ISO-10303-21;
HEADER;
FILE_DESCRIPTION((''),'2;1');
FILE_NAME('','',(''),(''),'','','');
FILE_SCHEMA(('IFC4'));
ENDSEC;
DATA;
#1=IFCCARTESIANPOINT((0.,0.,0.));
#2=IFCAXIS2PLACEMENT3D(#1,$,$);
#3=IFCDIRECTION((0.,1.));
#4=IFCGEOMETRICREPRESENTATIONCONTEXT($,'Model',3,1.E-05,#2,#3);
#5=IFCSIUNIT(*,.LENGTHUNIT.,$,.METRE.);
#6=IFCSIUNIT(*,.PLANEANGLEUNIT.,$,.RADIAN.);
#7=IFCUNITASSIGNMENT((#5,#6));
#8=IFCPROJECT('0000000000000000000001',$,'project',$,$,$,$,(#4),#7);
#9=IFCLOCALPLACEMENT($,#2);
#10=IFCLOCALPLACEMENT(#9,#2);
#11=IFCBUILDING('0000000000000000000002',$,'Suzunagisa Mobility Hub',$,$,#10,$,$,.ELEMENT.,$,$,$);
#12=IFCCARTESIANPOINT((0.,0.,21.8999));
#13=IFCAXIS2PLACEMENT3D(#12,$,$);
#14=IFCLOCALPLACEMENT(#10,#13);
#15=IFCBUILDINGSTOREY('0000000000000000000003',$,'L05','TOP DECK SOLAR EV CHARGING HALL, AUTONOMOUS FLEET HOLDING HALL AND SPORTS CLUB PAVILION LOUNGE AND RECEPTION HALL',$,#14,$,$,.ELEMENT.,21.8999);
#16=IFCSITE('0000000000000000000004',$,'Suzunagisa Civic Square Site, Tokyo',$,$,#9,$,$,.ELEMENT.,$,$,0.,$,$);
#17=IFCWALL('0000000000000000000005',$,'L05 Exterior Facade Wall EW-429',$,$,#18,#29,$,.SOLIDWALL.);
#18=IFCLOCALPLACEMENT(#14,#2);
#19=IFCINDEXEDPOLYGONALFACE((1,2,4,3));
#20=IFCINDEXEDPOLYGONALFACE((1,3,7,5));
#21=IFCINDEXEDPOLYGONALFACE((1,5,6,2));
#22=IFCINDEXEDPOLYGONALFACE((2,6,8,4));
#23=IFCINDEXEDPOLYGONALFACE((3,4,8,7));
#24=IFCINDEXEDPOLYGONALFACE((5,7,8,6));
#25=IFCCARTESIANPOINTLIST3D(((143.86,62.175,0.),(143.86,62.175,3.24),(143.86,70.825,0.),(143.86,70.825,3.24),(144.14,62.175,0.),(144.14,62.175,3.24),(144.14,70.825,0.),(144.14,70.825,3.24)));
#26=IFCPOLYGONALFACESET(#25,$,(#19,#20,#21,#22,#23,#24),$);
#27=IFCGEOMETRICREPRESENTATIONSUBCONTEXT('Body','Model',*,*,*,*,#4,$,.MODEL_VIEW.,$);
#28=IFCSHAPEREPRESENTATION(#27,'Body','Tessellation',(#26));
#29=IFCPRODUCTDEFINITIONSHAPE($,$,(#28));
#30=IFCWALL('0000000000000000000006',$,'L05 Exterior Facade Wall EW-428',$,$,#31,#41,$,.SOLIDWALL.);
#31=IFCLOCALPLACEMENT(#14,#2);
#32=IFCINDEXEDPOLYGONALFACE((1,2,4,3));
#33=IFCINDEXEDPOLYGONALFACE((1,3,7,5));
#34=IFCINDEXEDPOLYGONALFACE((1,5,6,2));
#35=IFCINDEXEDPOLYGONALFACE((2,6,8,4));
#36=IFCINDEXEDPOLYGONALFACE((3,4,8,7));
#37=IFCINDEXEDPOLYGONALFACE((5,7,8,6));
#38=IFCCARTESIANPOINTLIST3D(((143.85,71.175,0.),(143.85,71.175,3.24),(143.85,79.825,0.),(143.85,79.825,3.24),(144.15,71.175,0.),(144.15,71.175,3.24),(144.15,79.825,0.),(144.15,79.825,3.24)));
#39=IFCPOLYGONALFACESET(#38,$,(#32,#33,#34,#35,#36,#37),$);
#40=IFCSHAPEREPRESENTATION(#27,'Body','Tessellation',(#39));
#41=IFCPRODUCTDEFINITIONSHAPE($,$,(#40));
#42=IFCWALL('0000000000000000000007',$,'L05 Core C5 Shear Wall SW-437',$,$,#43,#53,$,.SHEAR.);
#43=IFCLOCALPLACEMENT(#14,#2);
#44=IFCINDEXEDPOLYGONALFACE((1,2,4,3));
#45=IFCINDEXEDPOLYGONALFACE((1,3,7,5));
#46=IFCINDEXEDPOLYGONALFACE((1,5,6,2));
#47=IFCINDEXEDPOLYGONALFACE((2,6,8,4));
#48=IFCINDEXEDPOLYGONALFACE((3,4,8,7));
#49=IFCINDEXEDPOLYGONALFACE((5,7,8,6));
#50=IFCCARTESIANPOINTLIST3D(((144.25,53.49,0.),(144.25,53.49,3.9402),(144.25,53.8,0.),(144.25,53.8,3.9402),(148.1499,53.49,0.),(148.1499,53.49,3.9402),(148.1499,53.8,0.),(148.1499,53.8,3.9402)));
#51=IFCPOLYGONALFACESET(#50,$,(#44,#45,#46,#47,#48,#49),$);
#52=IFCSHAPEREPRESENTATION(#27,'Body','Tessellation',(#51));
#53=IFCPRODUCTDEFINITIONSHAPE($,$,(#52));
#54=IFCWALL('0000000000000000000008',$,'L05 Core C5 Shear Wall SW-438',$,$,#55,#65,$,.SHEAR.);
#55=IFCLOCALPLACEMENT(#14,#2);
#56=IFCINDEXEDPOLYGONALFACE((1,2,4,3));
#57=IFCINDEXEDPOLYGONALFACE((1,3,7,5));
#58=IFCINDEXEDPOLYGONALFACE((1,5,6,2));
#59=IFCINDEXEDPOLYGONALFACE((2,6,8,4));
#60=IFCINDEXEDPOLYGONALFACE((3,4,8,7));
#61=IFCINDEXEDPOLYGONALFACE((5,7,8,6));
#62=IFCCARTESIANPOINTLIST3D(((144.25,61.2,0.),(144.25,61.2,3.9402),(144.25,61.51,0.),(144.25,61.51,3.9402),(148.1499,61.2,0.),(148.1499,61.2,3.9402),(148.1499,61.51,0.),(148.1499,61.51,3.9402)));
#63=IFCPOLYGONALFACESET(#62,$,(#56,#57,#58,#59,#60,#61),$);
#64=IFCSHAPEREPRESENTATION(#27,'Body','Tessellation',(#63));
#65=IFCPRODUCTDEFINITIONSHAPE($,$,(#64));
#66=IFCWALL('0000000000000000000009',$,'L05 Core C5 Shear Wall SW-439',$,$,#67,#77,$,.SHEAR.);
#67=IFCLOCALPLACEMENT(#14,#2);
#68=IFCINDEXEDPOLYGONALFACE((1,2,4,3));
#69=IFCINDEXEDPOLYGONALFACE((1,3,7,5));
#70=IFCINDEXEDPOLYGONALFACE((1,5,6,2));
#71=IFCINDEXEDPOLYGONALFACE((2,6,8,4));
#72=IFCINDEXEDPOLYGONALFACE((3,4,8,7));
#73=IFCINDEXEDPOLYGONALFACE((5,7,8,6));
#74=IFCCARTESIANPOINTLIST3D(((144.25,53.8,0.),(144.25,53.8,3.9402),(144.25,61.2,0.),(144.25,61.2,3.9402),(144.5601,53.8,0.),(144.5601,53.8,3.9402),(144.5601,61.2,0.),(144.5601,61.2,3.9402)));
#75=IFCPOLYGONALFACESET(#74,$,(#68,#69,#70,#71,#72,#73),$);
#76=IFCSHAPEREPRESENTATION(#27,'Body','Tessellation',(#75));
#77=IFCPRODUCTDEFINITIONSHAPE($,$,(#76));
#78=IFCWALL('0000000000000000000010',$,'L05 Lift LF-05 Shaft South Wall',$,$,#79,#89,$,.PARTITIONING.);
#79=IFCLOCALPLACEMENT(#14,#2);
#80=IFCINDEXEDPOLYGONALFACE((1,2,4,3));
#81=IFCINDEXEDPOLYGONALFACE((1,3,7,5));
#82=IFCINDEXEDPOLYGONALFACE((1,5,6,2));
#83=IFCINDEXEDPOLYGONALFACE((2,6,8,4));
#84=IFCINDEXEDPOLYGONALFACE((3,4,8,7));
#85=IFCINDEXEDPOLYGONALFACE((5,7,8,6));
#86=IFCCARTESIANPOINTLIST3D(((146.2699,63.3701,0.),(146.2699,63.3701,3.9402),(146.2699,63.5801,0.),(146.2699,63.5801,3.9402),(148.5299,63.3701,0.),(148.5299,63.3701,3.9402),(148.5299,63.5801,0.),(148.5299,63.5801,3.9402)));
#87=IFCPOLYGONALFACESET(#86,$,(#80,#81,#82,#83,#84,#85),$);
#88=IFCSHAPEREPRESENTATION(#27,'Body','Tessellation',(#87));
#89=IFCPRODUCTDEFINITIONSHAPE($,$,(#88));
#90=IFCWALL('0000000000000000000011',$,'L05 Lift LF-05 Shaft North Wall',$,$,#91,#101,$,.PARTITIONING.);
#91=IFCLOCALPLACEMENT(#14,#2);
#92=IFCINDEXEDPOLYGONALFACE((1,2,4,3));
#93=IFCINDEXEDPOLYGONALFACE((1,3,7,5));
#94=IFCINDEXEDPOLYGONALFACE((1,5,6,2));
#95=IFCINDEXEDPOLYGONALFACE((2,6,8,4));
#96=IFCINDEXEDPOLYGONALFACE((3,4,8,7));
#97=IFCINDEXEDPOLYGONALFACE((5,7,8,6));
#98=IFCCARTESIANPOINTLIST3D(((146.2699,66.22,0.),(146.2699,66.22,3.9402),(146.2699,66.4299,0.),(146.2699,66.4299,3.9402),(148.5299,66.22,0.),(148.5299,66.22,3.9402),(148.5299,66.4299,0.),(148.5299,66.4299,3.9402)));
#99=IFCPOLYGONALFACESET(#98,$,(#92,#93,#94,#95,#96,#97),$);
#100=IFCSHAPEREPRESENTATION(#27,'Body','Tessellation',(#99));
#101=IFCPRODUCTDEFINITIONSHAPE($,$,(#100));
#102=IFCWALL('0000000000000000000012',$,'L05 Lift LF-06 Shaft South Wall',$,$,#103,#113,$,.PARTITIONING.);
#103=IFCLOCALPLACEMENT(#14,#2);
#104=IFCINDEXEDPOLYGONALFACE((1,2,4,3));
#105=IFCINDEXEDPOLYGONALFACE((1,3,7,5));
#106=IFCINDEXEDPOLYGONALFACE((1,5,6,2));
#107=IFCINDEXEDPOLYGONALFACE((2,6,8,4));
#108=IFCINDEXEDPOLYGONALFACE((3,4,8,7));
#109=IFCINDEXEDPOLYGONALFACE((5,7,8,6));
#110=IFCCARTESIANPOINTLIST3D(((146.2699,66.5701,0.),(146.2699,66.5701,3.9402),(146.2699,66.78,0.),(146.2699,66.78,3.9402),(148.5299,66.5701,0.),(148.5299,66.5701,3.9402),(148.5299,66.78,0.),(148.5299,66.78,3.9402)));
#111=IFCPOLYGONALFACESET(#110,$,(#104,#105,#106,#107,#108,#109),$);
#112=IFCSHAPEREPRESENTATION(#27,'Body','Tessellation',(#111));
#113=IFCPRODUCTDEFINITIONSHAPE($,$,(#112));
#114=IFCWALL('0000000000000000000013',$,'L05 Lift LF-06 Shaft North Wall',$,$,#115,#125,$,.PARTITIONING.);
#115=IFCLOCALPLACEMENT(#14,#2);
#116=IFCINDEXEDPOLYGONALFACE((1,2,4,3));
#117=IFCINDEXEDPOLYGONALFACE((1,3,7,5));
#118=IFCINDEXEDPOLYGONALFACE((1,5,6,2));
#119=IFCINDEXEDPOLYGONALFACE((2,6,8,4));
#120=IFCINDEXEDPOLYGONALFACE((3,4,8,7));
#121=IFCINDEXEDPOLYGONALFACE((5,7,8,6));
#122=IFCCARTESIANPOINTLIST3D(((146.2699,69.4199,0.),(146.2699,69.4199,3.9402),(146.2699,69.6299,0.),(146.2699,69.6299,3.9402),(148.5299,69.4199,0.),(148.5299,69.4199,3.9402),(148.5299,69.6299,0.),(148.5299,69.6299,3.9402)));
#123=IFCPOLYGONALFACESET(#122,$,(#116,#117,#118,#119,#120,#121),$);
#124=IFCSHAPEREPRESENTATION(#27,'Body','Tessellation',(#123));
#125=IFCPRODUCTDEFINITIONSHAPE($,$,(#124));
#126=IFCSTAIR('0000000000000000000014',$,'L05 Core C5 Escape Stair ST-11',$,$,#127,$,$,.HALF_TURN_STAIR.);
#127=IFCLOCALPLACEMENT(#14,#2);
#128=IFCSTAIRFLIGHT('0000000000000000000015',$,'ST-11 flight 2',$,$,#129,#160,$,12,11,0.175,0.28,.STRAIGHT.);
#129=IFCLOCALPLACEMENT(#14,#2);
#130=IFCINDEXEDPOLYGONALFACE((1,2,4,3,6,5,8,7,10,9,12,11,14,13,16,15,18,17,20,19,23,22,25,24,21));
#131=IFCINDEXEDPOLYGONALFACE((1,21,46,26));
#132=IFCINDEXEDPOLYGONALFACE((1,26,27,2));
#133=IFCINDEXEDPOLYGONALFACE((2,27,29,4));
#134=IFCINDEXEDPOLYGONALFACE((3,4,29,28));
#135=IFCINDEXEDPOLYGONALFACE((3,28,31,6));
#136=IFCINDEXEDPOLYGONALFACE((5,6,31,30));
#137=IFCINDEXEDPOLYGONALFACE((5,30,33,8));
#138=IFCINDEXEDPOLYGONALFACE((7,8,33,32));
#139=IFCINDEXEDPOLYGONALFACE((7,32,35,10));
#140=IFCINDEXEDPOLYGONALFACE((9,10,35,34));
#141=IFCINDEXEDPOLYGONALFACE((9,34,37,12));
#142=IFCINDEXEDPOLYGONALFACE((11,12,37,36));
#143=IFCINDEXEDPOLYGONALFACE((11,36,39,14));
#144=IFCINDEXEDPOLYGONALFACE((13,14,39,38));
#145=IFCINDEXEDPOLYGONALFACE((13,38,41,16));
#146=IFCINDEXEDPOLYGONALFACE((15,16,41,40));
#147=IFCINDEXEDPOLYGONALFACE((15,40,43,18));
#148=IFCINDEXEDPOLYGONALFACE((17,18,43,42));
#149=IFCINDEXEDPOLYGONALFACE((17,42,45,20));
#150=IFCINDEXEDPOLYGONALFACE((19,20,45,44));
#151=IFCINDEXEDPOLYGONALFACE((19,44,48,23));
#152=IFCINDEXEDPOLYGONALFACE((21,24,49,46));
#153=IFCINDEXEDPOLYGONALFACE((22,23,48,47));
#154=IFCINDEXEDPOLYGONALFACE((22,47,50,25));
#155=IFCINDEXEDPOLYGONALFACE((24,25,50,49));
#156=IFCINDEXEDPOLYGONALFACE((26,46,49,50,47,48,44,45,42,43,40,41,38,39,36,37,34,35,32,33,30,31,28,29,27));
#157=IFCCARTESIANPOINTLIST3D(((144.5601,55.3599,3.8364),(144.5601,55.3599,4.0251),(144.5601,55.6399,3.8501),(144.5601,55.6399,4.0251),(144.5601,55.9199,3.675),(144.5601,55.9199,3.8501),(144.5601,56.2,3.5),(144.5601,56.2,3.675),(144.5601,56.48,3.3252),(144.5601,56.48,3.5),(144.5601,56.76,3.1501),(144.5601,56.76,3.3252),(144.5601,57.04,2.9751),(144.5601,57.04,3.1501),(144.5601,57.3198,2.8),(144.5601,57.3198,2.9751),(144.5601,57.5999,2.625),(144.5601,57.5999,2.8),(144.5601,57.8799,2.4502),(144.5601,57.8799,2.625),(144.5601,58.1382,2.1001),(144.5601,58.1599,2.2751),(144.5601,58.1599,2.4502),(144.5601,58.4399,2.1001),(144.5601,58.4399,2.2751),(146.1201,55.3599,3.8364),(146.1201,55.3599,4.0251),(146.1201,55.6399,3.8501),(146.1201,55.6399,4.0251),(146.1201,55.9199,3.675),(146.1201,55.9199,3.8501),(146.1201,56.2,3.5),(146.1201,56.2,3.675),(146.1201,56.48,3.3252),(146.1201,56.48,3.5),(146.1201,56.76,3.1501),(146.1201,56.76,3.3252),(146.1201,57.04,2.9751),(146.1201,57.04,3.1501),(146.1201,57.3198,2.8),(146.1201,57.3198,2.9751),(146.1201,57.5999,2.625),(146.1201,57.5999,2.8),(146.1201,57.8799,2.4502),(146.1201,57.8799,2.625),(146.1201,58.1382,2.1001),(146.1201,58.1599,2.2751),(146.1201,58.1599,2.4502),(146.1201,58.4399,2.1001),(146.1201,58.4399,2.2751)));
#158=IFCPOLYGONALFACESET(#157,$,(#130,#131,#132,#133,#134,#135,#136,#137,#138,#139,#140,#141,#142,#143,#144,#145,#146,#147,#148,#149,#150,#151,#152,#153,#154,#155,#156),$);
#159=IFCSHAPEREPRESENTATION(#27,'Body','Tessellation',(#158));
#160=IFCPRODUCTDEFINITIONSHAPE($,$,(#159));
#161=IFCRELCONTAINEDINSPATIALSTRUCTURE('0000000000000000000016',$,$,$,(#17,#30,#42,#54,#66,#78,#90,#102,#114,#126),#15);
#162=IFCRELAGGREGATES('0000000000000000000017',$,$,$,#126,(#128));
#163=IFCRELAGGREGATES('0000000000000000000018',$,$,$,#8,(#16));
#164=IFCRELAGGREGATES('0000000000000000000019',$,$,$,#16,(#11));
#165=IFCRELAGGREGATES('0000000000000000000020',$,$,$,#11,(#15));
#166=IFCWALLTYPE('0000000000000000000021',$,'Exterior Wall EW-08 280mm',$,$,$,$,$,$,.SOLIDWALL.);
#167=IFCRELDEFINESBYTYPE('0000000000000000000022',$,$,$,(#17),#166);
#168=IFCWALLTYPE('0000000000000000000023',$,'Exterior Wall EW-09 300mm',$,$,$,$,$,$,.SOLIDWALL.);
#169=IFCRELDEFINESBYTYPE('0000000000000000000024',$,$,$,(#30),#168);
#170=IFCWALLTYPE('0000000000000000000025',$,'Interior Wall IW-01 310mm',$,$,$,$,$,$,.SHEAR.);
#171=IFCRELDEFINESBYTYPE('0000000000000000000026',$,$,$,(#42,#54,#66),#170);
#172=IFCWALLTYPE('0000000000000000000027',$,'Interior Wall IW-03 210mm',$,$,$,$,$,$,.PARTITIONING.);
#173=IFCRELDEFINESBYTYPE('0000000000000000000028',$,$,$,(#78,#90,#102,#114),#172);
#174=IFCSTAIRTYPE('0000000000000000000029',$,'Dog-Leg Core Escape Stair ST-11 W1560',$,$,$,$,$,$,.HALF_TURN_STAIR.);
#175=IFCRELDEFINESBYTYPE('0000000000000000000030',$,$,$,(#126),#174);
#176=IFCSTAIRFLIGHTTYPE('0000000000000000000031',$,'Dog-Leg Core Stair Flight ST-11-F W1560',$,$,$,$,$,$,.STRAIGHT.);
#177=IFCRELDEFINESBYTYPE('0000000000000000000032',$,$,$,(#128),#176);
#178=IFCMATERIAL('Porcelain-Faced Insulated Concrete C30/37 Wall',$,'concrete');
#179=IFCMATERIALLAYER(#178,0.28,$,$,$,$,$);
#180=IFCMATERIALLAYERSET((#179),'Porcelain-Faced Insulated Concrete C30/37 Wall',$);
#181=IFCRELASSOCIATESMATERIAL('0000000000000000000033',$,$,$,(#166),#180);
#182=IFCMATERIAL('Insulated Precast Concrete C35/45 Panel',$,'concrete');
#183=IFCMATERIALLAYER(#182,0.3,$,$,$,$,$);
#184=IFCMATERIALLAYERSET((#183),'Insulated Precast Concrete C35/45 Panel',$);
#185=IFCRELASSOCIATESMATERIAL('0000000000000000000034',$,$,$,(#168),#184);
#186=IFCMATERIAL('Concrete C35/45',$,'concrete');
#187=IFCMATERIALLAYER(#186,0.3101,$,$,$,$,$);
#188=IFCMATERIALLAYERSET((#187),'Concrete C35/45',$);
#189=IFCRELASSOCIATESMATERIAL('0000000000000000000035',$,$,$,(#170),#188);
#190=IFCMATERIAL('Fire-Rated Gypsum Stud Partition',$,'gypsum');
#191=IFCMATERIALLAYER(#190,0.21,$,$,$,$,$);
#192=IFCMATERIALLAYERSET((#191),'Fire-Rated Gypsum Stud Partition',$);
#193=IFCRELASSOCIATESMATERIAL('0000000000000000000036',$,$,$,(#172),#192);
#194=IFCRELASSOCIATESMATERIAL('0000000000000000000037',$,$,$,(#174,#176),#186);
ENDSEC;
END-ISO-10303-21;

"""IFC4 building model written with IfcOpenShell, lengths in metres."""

from ifc_helpers import new_model, si_unit, direction, frame, frame_2d, origin, place, context, subcontext, project, spatial, polyline, rectangle, outline, extrude, material, layer, layer_set, type_object, element, aggregate, save


model = new_model("IFC4")

# Units and contexts
model_context = context("Model", 3, precision=1e-05, world=origin(), true_north=direction((0.0, 1.0)))
body_context = subcontext(model_context, "Body", "Model", "MODEL_VIEW")
ifc_project = project(units=[si_unit("LENGTHUNIT", "METRE"), si_unit("PLANEANGLEUNIT", "RADIAN")], contexts=[model_context])

# Site, building, storey
site_placement = place(None, origin())
site = spatial("IfcSite", under=ifc_project, at=site_placement, Name="Suzunagisa Civic Square Site, Tokyo", CompositionType="ELEMENT", RefElevation=0.0)
building_placement = place(site_placement, origin())
building = spatial("IfcBuilding", under=site, at=building_placement, Name="Suzunagisa Mobility Hub", CompositionType="ELEMENT")
storey_placement = place(building_placement, frame((0.0, 0.0, 21.8999)))
storey = spatial("IfcBuildingStorey", under=building, at=storey_placement, Name="L05", Description="TOP DECK SOLAR EV CHARGING HALL, AUTONOMOUS FLEET HOLDING HALL AND SPORTS CLUB PAVILION LOUNGE AND RECEPTION HALL", CompositionType="ELEMENT", Elevation=21.8999)

# Walls
ifc_material_1 = material(Name="Porcelain-Faced Insulated Concrete C30/37 Wall", Category="concrete")
ifc_layer_1 = layer(ifc_material_1, 0.28)
ifc_layer_set_1 = layer_set([ifc_layer_1], Name="Porcelain-Faced Insulated Concrete C30/37 Wall")
wall_type_1 = type_object("IfcWallType", Name="Exterior Wall EW-08 280mm", PredefinedType="SOLIDWALL", material=ifc_layer_set_1)
wall_1_placement = place(storey_placement, frame((144.0, 70.825, 0.0), z_axis=(0.0, 0.0, 1.0), x_axis=(0.0, -1.0, 0.0)))
element("IfcWall", 1, at=wall_1_placement, inside=storey, type_object=wall_type_1, Name="L05 Exterior Facade Wall EW-429", PredefinedType="SOLIDWALL", context=body_context, shape_type="SweptSolid", body=[
    extrude(rectangle(XDim=8.6499, YDim=0.28, at=frame_2d((4.325, 0.0))), origin(), (0.0, 0.0, 1.0), 3.24),
])
ifc_material_2 = material(Name="Insulated Precast Concrete C35/45 Panel", Category="concrete")
ifc_layer_2 = layer(ifc_material_2, 0.3)
ifc_layer_set_2 = layer_set([ifc_layer_2], Name="Insulated Precast Concrete C35/45 Panel")
wall_type_2 = type_object("IfcWallType", Name="Exterior Wall EW-09 300mm", PredefinedType="SOLIDWALL", material=ifc_layer_set_2)
wall_2_placement = place(storey_placement, frame((144.0, 79.825, 0.0), z_axis=(0.0, 0.0, 1.0), x_axis=(0.0, -1.0, 0.0)))
element("IfcWall", 2, at=wall_2_placement, inside=storey, type_object=wall_type_2, Name="L05 Exterior Facade Wall EW-428", PredefinedType="SOLIDWALL", context=body_context, shape_type="SweptSolid", body=[
    extrude(rectangle(XDim=8.6499, YDim=0.3, at=frame_2d((4.325, 0.0))), origin(), (0.0, 0.0, 1.0), 3.24),
])
ifc_material_3 = material(Name="Concrete C35/45", Category="concrete")
ifc_layer_3 = layer(ifc_material_3, 0.3101)
ifc_layer_set_3 = layer_set([ifc_layer_3], Name="Concrete C35/45")
wall_type_3 = type_object("IfcWallType", Name="Interior Wall IW-01 310mm", PredefinedType="SHEAR", material=ifc_layer_set_3)
for number, where, z_axis, x_axis, name in (
    (3, (144.25, 53.645, 0.0), (0.0, 0.0, 1.0), (1.0, 0.0, 0.0), "L05 Core C5 Shear Wall SW-437"),
    (4, (144.25, 61.355, 0.0), (0.0, 0.0, 1.0), (1.0, 0.0, 0.0), "L05 Core C5 Shear Wall SW-438"),
):
    element("IfcWall", number, at=place(storey_placement, frame(where, z_axis=z_axis, x_axis=x_axis)), inside=storey, type_object=wall_type_3, Name=name, PredefinedType="SHEAR", context=body_context, shape_type="SweptSolid", body=[
        extrude(rectangle(XDim=3.8999, YDim=0.3101, at=frame_2d((1.95, 0.0))), origin(), (0.0, 0.0, 1.0), 3.9402),
    ])
wall_3_placement = place(storey_placement, frame((144.405, 53.8, 0.0), z_axis=(0.0, 0.0, 1.0), x_axis=(0.0, 1.0, 0.0)))
element("IfcWall", 5, at=wall_3_placement, inside=storey, type_object=wall_type_3, Name="L05 Core C5 Shear Wall SW-439", PredefinedType="SHEAR", context=body_context, shape_type="SweptSolid", body=[
    extrude(rectangle(XDim=7.3999, YDim=0.3101, at=frame_2d((3.7, 0.0))), origin(), (0.0, 0.0, 1.0), 3.9402),
])
ifc_material_4 = material(Name="Fire-Rated Gypsum Stud Partition", Category="gypsum")
ifc_layer_4 = layer(ifc_material_4, 0.21)
ifc_layer_set_4 = layer_set([ifc_layer_4], Name="Fire-Rated Gypsum Stud Partition")
wall_type_4 = type_object("IfcWallType", Name="Interior Wall IW-03 210mm", PredefinedType="PARTITIONING", material=ifc_layer_set_4)
for number, where, z_axis, x_axis, name in (
    (6, (146.27, 63.4751, 0.0), (0.0, 0.0, 1.0), (1.0, 0.0, 0.0), "L05 Lift LF-05 Shaft South Wall"),
    (7, (146.27, 66.325, 0.0), (0.0, 0.0, 1.0), (1.0, 0.0, 0.0), "L05 Lift LF-05 Shaft North Wall"),
    (8, (146.27, 66.675, 0.0), (0.0, 0.0, 1.0), (1.0, 0.0, 0.0), "L05 Lift LF-06 Shaft South Wall"),
    (9, (146.27, 69.5249, 0.0), (0.0, 0.0, 1.0), (1.0, 0.0, 0.0), "L05 Lift LF-06 Shaft North Wall"),
):
    element("IfcWall", number, at=place(storey_placement, frame(where, z_axis=z_axis, x_axis=x_axis)), inside=storey, type_object=wall_type_4, Name=name, PredefinedType="PARTITIONING", context=body_context, shape_type="SweptSolid", body=[
        extrude(rectangle(XDim=2.26, YDim=0.21, at=frame_2d((1.1299, 0.0))), origin(), (0.0, 0.0, 1.0), 3.9402),
    ])

# Stair, stair flight
stair_type = type_object("IfcStairType", Name="Dog-Leg Core Escape Stair ST-11 W1560", PredefinedType="HALF_TURN_STAIR", material=ifc_material_3)
stair_placement = place(storey_placement, origin())
stair = element("IfcStair", 10, at=stair_placement, inside=storey, type_object=stair_type, Name="L05 Core C5 Escape Stair ST-11", PredefinedType="HALF_TURN_STAIR")
stair_flight_type = type_object("IfcStairFlightType", Name="Dog-Leg Core Stair Flight ST-11-F W1560", PredefinedType="STRAIGHT", material=ifc_material_3)
stair_flight_placement = place(storey_placement, frame((145.3401, 58.4399, 2.1001), z_axis=(0.0, 0.0, 1.0), x_axis=(0.0, -1.0, 0.0)))
stair_flight = element("IfcStairFlight", 11, at=stair_flight_placement, type_object=stair_flight_type, Name="ST-11 flight 2", NumberOfRisers=12, NumberOfTreads=11, PredefinedType="STRAIGHT", RiserHeight=0.175, TreadLength=0.28, context=body_context, shape_type="SweptSolid", body=[
    extrude(outline(polyline([(0.0, 0.0), (0.0, 0.175), (0.28, 0.175), (0.28, 0.3501), (0.5601, 0.3501), (0.5601, 0.5249), (0.8401, 0.5249), (0.8401, 0.7), (1.1201, 0.7), (1.1201, 0.875), (1.3999, 0.875), (1.3999, 1.05), (1.6799, 1.05), (1.6799, 1.2251), (1.96, 1.2251), (1.96, 1.3999), (2.24, 1.3999), (2.24, 1.575), (2.52, 1.575), (2.52, 1.75), (2.8, 1.75), (2.8, 1.925), (3.0801, 1.925), (3.0801, 2.1001), (3.0801, 1.7363), (0.3018, 0.0), (0.0, 0.0)])), frame((0.0, 0.78, 0.0), z_axis=(0.0, -1.0, 0.0), x_axis=(1.0, 0.0, 0.0)), (0.0, 0.0, 1.0), 1.5601),
])
aggregate(stair, [stair_flight])

save(model, "model.ifc")
